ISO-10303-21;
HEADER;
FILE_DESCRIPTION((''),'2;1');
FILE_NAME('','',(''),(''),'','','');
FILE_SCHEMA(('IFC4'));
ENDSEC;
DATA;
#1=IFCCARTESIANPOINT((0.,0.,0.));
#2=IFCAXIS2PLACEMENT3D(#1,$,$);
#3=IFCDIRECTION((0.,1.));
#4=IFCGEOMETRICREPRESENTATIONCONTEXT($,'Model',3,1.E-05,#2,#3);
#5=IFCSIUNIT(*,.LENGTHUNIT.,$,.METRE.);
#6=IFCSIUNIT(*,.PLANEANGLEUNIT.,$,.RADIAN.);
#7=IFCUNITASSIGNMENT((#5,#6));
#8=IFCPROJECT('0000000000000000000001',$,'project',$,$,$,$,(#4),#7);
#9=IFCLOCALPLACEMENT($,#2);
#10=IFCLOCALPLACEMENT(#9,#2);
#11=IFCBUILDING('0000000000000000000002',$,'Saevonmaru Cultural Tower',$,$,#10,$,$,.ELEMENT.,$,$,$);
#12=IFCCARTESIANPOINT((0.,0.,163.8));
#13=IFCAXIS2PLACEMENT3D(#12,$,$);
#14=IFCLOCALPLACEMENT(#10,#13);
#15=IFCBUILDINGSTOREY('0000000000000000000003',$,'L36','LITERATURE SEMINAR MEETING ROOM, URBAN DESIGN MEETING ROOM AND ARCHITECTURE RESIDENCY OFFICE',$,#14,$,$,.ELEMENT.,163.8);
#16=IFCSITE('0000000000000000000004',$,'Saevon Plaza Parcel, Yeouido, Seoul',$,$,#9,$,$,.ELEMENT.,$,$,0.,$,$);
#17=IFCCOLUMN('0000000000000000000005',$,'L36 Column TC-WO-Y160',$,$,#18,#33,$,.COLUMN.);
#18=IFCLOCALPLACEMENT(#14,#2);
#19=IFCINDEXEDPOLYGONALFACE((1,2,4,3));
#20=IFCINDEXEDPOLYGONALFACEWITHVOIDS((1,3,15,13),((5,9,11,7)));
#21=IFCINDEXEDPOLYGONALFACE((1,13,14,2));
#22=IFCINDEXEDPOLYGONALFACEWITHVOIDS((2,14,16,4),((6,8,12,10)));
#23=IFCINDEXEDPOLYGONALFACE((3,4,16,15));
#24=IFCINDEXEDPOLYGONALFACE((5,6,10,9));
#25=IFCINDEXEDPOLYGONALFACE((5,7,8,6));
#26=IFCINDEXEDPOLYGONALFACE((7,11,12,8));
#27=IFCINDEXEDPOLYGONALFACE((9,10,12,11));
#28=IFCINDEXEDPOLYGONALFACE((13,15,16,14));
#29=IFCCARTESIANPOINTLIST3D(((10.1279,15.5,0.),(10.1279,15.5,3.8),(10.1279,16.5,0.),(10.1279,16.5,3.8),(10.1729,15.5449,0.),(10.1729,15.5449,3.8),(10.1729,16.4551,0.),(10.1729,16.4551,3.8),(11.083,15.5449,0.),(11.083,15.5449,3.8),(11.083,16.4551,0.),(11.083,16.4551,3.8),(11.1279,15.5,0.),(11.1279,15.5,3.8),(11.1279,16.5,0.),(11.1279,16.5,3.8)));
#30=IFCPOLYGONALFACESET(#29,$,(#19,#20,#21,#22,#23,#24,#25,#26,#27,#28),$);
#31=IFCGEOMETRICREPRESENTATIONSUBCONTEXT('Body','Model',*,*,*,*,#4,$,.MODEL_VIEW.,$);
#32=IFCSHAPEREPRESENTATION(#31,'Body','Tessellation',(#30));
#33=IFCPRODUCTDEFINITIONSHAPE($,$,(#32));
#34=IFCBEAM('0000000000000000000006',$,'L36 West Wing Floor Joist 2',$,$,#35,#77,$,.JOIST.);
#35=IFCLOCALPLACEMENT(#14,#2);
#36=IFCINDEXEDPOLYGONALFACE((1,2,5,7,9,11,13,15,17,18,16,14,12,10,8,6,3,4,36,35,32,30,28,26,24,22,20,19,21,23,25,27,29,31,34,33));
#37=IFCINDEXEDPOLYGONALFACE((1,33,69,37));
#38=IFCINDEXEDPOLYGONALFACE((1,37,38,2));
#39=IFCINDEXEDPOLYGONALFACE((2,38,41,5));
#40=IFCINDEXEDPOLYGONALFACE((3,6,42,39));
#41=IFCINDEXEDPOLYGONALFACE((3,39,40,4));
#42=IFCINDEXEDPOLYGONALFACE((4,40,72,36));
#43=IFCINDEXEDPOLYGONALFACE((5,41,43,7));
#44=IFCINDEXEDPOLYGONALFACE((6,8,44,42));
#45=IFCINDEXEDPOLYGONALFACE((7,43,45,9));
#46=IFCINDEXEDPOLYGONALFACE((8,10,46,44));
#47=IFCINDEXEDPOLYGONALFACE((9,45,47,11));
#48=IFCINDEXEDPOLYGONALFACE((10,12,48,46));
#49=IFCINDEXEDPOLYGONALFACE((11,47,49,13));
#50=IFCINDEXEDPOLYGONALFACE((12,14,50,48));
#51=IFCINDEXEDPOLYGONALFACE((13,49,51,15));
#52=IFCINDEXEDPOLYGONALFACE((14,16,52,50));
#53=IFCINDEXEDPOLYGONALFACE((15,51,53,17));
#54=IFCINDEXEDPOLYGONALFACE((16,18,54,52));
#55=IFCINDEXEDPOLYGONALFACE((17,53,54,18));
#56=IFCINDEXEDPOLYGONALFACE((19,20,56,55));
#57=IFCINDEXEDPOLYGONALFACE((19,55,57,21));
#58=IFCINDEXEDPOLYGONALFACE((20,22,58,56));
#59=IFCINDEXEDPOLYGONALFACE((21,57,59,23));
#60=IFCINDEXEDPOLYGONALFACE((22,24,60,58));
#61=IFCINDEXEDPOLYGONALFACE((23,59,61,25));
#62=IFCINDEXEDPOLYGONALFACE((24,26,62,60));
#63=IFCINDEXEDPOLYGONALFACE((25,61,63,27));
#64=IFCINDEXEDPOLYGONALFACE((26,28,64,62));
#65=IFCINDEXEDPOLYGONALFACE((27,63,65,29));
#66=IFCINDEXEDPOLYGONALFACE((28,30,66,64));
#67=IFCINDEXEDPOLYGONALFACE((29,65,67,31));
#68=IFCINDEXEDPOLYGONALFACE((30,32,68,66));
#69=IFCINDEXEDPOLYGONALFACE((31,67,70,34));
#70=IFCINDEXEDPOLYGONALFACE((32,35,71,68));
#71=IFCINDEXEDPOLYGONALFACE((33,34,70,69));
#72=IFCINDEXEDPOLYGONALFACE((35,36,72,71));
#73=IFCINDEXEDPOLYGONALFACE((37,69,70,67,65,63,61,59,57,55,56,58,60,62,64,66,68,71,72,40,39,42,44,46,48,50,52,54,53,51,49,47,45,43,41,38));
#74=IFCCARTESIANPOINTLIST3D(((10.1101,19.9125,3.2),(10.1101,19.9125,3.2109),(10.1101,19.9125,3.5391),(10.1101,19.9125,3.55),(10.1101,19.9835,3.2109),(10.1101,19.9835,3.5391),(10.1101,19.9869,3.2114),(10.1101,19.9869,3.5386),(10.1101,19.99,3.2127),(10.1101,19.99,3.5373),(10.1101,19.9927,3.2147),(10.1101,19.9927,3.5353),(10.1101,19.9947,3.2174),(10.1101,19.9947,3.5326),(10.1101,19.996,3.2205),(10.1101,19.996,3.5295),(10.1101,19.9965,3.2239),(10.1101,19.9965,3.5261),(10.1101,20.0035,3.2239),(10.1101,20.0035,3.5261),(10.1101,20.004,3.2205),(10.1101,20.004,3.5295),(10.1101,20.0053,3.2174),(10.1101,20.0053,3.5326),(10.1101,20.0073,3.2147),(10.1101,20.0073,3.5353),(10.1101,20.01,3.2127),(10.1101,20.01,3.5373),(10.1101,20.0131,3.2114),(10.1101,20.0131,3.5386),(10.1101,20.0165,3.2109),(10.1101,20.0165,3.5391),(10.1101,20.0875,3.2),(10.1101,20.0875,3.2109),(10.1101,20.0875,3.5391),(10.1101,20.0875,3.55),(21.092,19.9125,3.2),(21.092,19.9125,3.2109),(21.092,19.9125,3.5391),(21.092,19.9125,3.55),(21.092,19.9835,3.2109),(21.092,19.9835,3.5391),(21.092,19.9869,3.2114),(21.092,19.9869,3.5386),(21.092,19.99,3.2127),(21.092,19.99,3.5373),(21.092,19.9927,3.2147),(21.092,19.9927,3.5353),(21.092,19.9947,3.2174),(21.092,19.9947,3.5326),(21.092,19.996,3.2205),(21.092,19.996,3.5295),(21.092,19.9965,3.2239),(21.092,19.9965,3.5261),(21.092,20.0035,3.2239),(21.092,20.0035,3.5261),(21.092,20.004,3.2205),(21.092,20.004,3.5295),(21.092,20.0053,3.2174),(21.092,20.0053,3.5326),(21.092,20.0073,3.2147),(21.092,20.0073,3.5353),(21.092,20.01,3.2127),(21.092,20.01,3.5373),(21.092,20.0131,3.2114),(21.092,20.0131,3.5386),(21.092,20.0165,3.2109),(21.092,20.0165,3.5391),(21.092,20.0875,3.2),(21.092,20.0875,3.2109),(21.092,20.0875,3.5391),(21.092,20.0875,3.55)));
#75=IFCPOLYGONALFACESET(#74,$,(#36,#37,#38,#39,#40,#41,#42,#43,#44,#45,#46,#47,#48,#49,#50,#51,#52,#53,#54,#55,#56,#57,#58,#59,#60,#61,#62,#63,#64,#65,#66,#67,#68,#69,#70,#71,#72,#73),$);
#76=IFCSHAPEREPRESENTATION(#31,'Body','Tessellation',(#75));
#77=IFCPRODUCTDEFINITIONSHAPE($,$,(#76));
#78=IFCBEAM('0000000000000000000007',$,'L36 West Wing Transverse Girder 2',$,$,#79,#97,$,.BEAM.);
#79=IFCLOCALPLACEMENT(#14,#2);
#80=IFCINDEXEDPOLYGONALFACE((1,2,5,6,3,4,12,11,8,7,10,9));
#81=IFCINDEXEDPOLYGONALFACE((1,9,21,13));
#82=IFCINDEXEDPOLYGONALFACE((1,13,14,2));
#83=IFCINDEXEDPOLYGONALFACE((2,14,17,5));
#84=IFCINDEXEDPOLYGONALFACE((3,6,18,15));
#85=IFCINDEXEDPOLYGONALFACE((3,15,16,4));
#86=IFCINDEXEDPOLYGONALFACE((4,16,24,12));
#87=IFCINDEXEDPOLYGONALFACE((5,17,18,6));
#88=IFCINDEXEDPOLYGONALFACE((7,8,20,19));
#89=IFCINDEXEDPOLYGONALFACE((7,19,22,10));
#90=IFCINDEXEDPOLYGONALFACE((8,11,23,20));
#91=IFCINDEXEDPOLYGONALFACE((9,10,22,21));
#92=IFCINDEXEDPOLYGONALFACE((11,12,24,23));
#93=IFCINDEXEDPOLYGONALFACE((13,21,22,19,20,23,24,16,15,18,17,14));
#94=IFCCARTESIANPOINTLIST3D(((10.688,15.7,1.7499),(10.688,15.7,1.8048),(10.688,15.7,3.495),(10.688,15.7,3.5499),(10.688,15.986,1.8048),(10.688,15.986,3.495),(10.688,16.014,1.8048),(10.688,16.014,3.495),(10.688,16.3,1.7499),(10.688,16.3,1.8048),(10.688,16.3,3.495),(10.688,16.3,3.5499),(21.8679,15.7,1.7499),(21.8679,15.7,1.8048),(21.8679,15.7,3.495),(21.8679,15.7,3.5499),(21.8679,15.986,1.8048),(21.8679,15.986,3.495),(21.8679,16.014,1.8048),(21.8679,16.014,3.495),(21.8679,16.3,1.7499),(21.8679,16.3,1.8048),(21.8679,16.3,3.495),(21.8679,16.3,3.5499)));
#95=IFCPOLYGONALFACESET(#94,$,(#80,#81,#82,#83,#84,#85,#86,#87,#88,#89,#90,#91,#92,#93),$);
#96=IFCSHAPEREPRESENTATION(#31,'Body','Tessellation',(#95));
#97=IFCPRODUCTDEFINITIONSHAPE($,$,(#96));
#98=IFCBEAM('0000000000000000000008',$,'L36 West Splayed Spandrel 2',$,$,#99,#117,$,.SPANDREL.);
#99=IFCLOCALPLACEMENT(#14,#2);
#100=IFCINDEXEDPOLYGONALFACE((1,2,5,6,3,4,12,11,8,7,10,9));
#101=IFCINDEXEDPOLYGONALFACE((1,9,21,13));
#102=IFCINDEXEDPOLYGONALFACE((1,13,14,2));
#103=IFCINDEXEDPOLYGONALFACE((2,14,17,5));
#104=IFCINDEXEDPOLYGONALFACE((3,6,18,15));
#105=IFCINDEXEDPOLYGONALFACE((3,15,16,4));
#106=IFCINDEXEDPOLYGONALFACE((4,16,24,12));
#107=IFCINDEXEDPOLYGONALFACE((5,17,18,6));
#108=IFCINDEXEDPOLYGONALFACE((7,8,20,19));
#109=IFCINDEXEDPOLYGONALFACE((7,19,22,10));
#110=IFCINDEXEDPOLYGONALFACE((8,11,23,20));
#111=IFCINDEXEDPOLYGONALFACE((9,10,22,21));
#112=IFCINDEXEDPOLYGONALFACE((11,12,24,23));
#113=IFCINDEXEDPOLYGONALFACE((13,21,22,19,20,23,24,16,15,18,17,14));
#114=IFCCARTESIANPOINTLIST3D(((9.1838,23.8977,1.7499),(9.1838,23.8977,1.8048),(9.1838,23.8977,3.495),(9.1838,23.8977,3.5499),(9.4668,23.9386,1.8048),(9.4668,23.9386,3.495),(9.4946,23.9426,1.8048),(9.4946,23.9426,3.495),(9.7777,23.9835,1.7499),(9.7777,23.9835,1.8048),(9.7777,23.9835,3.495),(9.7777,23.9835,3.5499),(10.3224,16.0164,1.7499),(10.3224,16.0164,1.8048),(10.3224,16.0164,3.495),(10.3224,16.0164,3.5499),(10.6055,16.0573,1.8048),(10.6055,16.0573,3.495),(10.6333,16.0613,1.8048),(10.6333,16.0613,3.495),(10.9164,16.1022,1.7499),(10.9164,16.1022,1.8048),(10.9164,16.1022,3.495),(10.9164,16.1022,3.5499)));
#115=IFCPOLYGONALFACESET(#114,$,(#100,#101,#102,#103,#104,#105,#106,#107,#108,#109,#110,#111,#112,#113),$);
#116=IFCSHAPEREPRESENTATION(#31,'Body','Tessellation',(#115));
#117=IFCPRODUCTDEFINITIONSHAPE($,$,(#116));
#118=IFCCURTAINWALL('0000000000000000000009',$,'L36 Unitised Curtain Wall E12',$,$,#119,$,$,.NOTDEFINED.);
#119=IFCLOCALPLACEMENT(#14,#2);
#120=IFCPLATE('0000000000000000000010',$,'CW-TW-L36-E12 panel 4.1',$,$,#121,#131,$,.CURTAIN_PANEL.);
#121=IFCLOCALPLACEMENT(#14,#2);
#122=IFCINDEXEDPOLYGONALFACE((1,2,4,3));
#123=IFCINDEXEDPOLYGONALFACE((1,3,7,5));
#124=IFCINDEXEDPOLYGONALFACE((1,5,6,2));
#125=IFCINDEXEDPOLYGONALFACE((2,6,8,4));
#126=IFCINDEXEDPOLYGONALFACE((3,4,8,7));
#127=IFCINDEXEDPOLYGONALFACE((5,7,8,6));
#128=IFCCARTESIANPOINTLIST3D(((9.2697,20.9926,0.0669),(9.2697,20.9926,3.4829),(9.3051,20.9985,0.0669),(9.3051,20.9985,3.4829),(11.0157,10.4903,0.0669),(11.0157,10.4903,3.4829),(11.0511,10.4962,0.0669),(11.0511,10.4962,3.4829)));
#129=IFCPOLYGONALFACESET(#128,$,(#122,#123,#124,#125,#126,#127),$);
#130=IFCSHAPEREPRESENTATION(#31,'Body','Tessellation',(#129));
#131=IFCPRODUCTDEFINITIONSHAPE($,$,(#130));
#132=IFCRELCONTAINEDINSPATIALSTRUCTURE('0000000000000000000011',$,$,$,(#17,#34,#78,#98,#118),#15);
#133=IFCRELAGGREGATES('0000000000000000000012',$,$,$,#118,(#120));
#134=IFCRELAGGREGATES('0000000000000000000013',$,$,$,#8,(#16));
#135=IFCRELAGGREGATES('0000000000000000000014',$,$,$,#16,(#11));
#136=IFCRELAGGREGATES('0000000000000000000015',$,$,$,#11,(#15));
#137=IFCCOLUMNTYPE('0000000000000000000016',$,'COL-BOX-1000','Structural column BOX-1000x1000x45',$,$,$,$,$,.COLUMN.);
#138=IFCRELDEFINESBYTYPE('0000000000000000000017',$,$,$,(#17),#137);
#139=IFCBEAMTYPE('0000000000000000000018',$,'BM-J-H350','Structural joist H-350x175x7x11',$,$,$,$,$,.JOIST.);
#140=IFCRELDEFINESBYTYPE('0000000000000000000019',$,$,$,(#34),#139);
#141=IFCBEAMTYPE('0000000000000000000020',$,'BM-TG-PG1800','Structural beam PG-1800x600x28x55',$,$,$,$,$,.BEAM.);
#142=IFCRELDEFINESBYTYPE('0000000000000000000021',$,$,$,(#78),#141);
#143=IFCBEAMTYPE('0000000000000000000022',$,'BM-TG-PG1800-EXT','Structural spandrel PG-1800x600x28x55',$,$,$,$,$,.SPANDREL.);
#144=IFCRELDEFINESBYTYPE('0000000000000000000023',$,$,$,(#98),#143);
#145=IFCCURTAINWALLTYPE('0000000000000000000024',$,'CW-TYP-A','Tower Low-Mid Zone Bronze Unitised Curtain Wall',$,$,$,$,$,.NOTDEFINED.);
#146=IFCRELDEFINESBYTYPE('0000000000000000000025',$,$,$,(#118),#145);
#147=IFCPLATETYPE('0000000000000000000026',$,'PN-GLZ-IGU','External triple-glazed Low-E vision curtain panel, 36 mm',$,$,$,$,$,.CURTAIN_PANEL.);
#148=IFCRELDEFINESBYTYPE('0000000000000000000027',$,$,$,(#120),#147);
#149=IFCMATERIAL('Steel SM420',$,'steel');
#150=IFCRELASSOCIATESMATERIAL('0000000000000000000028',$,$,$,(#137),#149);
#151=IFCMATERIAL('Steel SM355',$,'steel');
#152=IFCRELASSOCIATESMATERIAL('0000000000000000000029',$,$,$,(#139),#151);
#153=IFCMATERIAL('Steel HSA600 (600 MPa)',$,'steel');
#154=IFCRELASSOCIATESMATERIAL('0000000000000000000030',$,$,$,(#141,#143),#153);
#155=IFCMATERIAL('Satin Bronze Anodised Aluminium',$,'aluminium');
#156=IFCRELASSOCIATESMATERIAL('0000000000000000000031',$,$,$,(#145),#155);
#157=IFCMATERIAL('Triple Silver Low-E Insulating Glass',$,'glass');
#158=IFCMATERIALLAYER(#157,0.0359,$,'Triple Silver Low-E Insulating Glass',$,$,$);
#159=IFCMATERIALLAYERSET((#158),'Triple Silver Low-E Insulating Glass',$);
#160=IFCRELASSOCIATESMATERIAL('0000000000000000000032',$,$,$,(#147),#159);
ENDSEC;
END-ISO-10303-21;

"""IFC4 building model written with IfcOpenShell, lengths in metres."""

from ifc_helpers import new_model, si_unit, direction, frame, origin, origin_2d, place, context, subcontext, project, spatial, rectangle, hollow_rectangle, i_section, extrude, material, layer, layer_set, material_profile, profile_set, type_object, element, aggregate, save


model = new_model("IFC4")

# Units and contexts
model_context = context("Model", 3, precision=1e-05, world=origin(), true_north=direction((0.0, 1.0)))
body_context = subcontext(model_context, "Body", "Model", "MODEL_VIEW")
ifc_project = project(units=[si_unit("LENGTHUNIT", "METRE"), si_unit("PLANEANGLEUNIT", "RADIAN")], contexts=[model_context])

# Site, building, storey
site_placement = place(None, origin())
site = spatial("IfcSite", under=ifc_project, at=site_placement, Name="Saevon Plaza Parcel, Yeouido, Seoul", CompositionType="ELEMENT", RefElevation=0.0)
building_placement = place(site_placement, origin())
building = spatial("IfcBuilding", under=site, at=building_placement, Name="Saevonmaru Cultural Tower", CompositionType="ELEMENT")
storey_placement = place(building_placement, frame((0.0, 0.0, 163.8)))
storey = spatial("IfcBuildingStorey", under=building, at=storey_placement, Name="L36", Description="LITERATURE SEMINAR MEETING ROOM, URBAN DESIGN MEETING ROOM AND ARCHITECTURE RESIDENCY OFFICE", CompositionType="ELEMENT", Elevation=163.8)

# Column
ifc_material_1 = material(Name="Steel SM420", Category="steel")
ifc_material_profile_1 = material_profile(ifc_material_1, hollow_rectangle(XDim=1.0, YDim=1.0, WallThickness=0.0449, at=origin_2d()), Name="BOX-1000x1000x45")
ifc_profile_set_1 = profile_set([ifc_material_profile_1], Name="Steel SM420")
column_type = type_object("IfcColumnType", Name="COL-BOX-1000", Description="Structural column BOX-1000x1000x45", PredefinedType="COLUMN", material=ifc_profile_set_1)
column_placement = place(storey_placement, frame((10.6279, 16.0, 0.0), z_axis=(0.0, 0.0, 1.0), x_axis=(1.0, 0.0, 0.0)))
element("IfcColumn", 1, at=column_placement, inside=storey, type_object=column_type, Name="L36 Column TC-WO-Y160", PredefinedType="COLUMN", context=body_context, shape_type="SweptSolid", body=[
    extrude(hollow_rectangle(XDim=1.0, YDim=1.0, WallThickness=0.0449, at=origin_2d()), origin(), (0.0, 0.0, 1.0), 3.8),
])

# Beams
ifc_material_2 = material(Name="Steel SM355", Category="steel")
ifc_material_profile_2 = material_profile(ifc_material_2, i_section(OverallWidth=0.175, OverallDepth=0.3501, WebThickness=0.0071, FlangeThickness=0.011, FilletRadius=0.0129, at=origin_2d()), Name="H-350x175x7x11")
ifc_profile_set_2 = profile_set([ifc_material_profile_2], Name="Steel SM355")
beam_type_1 = type_object("IfcBeamType", Name="BM-J-H350", Description="Structural joist H-350x175x7x11", PredefinedType="JOIST", material=ifc_profile_set_2)
beam_1_placement = place(storey_placement, frame((10.1101, 20.0, 3.375), z_axis=(1.0, 0.0, 0.0), x_axis=(0.0, 1.0, 0.0)))
element("IfcBeam", 2, at=beam_1_placement, inside=storey, type_object=beam_type_1, Name="L36 West Wing Floor Joist 2", PredefinedType="JOIST", context=body_context, shape_type="SweptSolid", body=[
    extrude(i_section(OverallWidth=0.175, OverallDepth=0.3501, WebThickness=0.0071, FlangeThickness=0.011, FilletRadius=0.0129, at=origin_2d()), origin(), (0.0, 0.0, 1.0), 10.9819),
])
ifc_material_3 = material(Name="Steel HSA600 (600 MPa)", Category="steel")
ifc_material_profile_3 = material_profile(ifc_material_3, i_section(OverallWidth=0.6001, OverallDepth=1.8, WebThickness=0.0281, FlangeThickness=0.0549, at=origin_2d()), Name="PG-1800x600x28x55")
ifc_profile_set_3 = profile_set([ifc_material_profile_3], Name="Steel HSA600 (600 MPa)")
beam_type_2 = type_object("IfcBeamType", Name="BM-TG-PG1800", Description="Structural beam PG-1800x600x28x55", PredefinedType="BEAM", material=ifc_profile_set_3)
beam_2_placement = place(storey_placement, frame((10.688, 16.0, 2.6499), z_axis=(1.0, 0.0, 0.0), x_axis=(0.0, 1.0, 0.0)))
element("IfcBeam", 3, at=beam_2_placement, inside=storey, type_object=beam_type_2, Name="L36 West Wing Transverse Girder 2", PredefinedType="BEAM", context=body_context, shape_type="SweptSolid", body=[
    extrude(i_section(OverallWidth=0.6001, OverallDepth=1.8, WebThickness=0.0281, FlangeThickness=0.0549, at=origin_2d()), origin(), (0.0, 0.0, 1.0), 11.1799),
])
ifc_material_profile_4 = material_profile(ifc_material_3, i_section(OverallWidth=0.6001, OverallDepth=1.8, WebThickness=0.0281, FlangeThickness=0.0549, at=origin_2d()), Name="PG-1800x600x28x55")
ifc_profile_set_4 = profile_set([ifc_material_profile_4], Name="Steel HSA600 (600 MPa)")
beam_type_3 = type_object("IfcBeamType", Name="BM-TG-PG1800-EXT", Description="Structural spandrel PG-1800x600x28x55", PredefinedType="SPANDREL", material=ifc_profile_set_4)
beam_3_placement = place(storey_placement, frame((10.6194, 16.0593, 2.6499), z_axis=(-0.142992, 0.989724, 0.0), x_axis=(-0.989724, -0.142992, 0.0)))
element("IfcBeam", 4, at=beam_3_placement, inside=storey, type_object=beam_type_3, Name="L36 West Splayed Spandrel 2", PredefinedType="SPANDREL", context=body_context, shape_type="SweptSolid", body=[
    extrude(i_section(OverallWidth=0.6001, OverallDepth=1.8, WebThickness=0.0281, FlangeThickness=0.0549, at=origin_2d()), origin(), (0.0, 0.0, 1.0), 7.9631),
])

# Curtain wall, plate
ifc_material_4 = material(Name="Satin Bronze Anodised Aluminium", Category="aluminium")
curtain_wall_type = type_object("IfcCurtainWallType", Name="CW-TYP-A", Description="Tower Low-Mid Zone Bronze Unitised Curtain Wall", PredefinedType="NOTDEFINED", material=ifc_material_4)
curtain_wall_placement = place(storey_placement, origin())
curtain_wall = element("IfcCurtainWall", 5, at=curtain_wall_placement, inside=storey, type_object=curtain_wall_type, Name="L36 Unitised Curtain Wall E12", PredefinedType="NOTDEFINED")
ifc_material_5 = material(Name="Triple Silver Low-E Insulating Glass", Category="glass")
ifc_layer_1 = layer(ifc_material_5, 0.0359, Name="Triple Silver Low-E Insulating Glass")
ifc_layer_set_1 = layer_set([ifc_layer_1], Name="Triple Silver Low-E Insulating Glass")
plate_type = type_object("IfcPlateType", Name="PN-GLZ-IGU", Description="External triple-glazed Low-E vision curtain panel, 36 mm", PredefinedType="CURTAIN_PANEL", material=ifc_layer_set_1)
plate_placement = place(storey_placement, frame((10.1604, 15.7444, 0.0669), z_axis=(0.0, 0.0, 1.0), x_axis=(0.163999, -0.986461, 0.0)))
plate = element("IfcPlate", 6, at=plate_placement, type_object=plate_type, Name="CW-TW-L36-E12 panel 4.1", PredefinedType="CURTAIN_PANEL", context=body_context, shape_type="SweptSolid", body=[
    extrude(rectangle(XDim=10.6465, YDim=0.0359, at=origin_2d()), origin(), (0.0, 0.0, 1.0), 3.416),
])
aggregate(curtain_wall, [plate])

save(model, "model.ifc")
